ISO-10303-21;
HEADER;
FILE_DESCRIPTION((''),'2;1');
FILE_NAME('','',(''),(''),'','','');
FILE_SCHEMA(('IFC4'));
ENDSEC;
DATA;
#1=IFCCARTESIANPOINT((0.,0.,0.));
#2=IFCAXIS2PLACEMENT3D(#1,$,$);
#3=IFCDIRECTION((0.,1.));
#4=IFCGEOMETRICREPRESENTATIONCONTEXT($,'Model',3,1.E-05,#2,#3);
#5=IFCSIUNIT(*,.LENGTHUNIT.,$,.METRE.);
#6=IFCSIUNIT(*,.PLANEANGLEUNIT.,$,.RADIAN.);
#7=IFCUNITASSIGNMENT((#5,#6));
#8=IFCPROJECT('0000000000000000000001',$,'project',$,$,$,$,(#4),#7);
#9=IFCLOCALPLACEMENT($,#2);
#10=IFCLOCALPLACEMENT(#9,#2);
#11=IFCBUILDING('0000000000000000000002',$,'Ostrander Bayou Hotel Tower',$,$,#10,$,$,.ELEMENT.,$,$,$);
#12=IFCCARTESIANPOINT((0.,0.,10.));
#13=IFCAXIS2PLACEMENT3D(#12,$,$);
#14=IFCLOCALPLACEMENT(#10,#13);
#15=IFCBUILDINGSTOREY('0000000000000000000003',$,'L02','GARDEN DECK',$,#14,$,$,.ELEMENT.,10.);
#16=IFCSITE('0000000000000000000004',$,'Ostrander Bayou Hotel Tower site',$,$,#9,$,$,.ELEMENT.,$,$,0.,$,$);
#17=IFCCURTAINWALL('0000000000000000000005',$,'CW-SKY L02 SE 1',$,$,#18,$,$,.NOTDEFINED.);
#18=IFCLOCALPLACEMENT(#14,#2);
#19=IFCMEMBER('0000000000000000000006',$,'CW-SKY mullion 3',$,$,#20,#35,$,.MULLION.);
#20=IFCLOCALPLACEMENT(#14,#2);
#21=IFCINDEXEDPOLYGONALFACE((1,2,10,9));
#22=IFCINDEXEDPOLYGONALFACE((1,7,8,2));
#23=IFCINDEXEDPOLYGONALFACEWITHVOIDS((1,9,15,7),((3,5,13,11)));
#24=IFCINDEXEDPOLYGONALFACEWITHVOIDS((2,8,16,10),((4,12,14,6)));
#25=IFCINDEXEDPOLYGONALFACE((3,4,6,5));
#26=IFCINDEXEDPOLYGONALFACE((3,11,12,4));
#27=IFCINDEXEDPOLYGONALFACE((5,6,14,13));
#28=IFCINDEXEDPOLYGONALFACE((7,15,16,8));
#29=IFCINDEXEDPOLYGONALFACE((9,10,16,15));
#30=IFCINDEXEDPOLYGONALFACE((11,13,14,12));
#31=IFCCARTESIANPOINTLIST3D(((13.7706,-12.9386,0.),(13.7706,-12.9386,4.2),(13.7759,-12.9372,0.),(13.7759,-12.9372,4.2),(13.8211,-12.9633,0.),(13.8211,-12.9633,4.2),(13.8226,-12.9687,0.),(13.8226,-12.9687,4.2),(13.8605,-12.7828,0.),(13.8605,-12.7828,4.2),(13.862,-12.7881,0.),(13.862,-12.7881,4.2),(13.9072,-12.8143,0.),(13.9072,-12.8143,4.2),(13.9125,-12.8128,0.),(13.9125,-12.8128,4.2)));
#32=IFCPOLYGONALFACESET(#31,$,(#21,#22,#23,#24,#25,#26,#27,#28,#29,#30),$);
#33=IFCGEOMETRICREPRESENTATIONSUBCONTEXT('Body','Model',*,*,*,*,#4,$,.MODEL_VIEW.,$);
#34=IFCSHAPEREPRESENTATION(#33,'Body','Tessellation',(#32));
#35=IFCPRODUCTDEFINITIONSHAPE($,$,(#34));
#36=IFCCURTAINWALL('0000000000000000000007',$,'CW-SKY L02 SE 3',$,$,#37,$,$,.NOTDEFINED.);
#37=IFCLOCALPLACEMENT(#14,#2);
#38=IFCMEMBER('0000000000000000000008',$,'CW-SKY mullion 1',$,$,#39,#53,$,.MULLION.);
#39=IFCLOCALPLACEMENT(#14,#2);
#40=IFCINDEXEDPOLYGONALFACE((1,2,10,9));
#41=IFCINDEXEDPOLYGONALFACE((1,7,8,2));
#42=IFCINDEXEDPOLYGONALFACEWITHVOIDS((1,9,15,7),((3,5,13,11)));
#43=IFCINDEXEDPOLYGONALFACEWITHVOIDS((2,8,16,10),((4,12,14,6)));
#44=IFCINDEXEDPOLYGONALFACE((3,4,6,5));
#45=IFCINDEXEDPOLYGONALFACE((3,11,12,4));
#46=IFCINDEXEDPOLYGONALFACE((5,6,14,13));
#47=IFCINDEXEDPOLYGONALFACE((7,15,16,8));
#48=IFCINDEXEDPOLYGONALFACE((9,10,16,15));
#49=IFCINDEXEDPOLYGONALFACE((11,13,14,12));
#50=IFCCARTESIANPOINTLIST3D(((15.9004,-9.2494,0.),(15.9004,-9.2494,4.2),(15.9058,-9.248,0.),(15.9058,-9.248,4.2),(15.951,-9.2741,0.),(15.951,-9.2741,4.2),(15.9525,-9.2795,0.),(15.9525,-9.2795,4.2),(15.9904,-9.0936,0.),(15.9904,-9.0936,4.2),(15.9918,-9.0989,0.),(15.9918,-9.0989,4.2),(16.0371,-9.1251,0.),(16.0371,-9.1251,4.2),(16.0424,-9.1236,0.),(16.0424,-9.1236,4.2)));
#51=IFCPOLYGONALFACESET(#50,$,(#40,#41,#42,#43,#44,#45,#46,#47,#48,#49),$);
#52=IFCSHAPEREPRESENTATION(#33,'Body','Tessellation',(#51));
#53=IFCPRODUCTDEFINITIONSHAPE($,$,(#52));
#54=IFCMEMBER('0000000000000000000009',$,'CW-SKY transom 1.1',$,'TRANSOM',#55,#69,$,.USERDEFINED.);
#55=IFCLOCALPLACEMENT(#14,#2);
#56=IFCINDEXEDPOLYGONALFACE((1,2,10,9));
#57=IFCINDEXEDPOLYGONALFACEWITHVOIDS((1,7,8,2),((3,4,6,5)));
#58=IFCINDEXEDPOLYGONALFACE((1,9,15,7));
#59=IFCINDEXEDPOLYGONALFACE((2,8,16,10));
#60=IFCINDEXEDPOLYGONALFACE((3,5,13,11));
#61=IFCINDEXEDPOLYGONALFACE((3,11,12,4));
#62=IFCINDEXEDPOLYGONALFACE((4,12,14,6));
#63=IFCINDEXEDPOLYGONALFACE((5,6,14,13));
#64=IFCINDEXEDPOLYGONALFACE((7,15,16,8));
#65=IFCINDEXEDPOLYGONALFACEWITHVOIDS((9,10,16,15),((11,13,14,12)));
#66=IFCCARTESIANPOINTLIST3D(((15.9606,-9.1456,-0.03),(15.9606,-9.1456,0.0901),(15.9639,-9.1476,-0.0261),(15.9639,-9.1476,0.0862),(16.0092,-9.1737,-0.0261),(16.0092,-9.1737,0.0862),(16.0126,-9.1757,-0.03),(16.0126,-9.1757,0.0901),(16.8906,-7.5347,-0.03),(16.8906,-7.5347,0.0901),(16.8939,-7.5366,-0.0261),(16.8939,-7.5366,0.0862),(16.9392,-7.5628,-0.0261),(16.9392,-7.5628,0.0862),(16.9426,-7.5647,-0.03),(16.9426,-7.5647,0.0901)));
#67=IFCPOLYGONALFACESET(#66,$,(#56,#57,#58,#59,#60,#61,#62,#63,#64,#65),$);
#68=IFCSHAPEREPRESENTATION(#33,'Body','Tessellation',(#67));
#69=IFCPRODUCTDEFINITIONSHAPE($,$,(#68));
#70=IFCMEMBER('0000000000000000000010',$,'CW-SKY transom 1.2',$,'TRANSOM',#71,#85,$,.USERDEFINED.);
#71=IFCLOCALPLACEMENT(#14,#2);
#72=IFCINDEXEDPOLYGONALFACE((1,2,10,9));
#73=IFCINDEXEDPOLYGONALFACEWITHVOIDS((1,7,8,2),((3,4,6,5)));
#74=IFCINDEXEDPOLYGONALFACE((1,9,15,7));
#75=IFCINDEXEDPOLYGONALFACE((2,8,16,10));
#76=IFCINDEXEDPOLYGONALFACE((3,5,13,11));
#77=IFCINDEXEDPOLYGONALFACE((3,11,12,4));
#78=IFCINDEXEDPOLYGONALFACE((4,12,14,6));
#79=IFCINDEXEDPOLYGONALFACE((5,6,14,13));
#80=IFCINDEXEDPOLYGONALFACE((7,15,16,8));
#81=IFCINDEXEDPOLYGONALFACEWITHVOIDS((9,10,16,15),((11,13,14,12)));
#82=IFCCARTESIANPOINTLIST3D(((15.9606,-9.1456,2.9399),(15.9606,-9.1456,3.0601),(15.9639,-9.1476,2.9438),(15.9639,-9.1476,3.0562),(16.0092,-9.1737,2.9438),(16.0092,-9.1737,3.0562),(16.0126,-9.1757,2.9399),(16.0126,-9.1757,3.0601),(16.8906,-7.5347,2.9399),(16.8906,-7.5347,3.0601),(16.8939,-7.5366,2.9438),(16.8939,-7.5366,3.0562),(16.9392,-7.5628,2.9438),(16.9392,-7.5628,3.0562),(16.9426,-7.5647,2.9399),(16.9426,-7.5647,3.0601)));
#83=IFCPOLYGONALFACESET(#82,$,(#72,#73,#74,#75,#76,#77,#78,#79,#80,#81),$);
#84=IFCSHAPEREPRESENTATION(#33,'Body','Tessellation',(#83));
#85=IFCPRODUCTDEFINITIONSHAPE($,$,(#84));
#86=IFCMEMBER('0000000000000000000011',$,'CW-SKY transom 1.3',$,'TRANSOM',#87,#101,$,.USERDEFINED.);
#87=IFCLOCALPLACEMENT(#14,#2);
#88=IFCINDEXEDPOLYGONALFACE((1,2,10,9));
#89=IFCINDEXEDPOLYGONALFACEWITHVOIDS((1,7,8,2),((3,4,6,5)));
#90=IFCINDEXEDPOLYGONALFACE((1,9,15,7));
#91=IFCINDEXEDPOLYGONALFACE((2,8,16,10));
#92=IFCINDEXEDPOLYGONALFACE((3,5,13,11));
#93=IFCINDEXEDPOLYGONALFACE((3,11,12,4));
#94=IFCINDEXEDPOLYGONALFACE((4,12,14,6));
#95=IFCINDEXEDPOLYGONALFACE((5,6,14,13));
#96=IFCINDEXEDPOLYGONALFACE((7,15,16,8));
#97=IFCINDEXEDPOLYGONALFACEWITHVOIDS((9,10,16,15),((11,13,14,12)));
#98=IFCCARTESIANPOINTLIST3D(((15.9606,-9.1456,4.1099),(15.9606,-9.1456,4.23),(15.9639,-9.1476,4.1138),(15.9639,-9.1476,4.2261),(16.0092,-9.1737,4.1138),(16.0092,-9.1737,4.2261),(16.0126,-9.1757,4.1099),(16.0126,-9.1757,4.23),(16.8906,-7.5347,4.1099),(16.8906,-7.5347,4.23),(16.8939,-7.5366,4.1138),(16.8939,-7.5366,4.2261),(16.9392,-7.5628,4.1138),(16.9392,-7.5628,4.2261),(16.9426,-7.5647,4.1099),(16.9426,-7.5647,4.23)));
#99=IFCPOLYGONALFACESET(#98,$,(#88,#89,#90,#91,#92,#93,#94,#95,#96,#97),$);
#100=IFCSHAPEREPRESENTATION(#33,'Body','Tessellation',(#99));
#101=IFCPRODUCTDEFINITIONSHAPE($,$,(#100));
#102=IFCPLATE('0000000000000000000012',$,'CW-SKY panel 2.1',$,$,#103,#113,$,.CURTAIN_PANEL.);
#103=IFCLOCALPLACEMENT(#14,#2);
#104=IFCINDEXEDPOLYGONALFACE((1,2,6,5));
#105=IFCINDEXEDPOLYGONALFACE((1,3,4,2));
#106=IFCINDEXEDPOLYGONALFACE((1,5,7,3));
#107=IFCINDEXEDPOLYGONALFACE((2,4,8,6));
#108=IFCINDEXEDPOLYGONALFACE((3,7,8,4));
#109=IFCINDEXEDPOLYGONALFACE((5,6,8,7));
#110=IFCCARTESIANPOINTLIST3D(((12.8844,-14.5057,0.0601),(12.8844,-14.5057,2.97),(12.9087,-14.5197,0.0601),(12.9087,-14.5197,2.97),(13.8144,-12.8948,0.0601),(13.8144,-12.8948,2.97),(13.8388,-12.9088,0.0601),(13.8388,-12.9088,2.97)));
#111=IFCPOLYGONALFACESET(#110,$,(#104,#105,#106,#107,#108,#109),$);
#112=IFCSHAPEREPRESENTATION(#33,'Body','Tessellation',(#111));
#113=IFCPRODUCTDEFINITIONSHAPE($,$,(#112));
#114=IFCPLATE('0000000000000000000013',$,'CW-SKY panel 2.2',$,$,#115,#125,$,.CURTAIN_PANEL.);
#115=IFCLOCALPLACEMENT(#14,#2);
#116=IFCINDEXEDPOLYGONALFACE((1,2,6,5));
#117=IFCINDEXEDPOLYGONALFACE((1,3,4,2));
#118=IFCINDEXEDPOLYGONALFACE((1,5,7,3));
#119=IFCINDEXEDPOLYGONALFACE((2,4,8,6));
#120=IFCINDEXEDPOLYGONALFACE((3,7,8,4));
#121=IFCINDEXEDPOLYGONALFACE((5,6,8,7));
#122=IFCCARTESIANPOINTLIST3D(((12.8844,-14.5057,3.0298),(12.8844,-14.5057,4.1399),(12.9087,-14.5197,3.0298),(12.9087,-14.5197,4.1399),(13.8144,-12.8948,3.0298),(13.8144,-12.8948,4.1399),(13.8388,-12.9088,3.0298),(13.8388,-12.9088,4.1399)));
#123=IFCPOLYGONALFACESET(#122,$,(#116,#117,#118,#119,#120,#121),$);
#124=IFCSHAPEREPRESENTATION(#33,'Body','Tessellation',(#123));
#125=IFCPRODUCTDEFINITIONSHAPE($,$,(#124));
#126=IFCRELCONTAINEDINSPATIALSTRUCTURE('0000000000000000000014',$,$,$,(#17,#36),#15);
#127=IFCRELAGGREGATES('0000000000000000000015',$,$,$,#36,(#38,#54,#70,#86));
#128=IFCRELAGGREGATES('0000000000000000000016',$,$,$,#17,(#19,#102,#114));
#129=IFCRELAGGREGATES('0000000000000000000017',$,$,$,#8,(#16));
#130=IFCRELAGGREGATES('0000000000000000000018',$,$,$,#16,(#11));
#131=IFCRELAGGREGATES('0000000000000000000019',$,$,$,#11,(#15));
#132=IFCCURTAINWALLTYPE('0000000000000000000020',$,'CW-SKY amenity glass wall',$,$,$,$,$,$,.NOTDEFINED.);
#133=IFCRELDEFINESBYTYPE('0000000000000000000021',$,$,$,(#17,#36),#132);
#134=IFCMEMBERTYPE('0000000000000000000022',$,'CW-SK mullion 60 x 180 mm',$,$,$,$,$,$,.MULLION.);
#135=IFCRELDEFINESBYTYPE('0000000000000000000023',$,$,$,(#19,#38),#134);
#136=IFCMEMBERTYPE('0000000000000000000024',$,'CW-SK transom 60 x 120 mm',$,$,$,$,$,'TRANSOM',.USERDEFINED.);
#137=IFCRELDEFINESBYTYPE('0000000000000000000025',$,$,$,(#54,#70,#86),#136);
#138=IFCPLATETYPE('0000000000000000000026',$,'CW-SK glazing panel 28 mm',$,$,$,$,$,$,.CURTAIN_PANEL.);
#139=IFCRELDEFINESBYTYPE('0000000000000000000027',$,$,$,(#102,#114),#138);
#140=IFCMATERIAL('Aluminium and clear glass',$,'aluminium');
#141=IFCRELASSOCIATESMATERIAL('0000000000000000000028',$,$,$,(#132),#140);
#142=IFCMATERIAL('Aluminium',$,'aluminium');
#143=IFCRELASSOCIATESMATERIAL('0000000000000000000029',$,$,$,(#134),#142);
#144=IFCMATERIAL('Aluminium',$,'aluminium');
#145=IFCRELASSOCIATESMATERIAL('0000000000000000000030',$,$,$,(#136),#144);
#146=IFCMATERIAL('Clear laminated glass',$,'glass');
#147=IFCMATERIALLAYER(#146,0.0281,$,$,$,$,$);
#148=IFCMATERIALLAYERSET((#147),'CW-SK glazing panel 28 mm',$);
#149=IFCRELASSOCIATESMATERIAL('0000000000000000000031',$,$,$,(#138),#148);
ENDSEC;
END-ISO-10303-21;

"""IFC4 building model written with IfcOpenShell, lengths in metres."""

from ifc_helpers import new_model, si_unit, direction, frame, origin, origin_2d, place, context, subcontext, project, spatial, rectangle, hollow_rectangle, extrude, material, layer, layer_set, material_profile, profile_set, type_object, element, aggregate, save


model = new_model("IFC4")

# Units and contexts
model_context = context("Model", 3, precision=1e-05, world=origin(), true_north=direction((0.0, 1.0)))
body_context = subcontext(model_context, "Body", "Model", "MODEL_VIEW")
ifc_project = project(units=[si_unit("LENGTHUNIT", "METRE"), si_unit("PLANEANGLEUNIT", "RADIAN")], contexts=[model_context])

# Site, building, storey
site_placement = place(None, origin())
site = spatial("IfcSite", under=ifc_project, at=site_placement, Name="Ostrander Bayou Hotel Tower site", CompositionType="ELEMENT", RefElevation=0.0)
building_placement = place(site_placement, origin())
building = spatial("IfcBuilding", under=site, at=building_placement, Name="Ostrander Bayou Hotel Tower", CompositionType="ELEMENT")
storey_placement = place(building_placement, frame((0.0, 0.0, 10.0)))
storey = spatial("IfcBuildingStorey", under=building, at=storey_placement, Name="L02", Description="GARDEN DECK", CompositionType="ELEMENT", Elevation=10.0)

# Curtain wall, member
ifc_material_1 = material(Name="Aluminium and clear glass", Category="aluminium")
curtain_wall_type = type_object("IfcCurtainWallType", Name="CW-SKY amenity glass wall", PredefinedType="NOTDEFINED", material=ifc_material_1)
curtain_wall_1_placement = place(storey_placement, origin())
curtain_wall_1 = element("IfcCurtainWall", 1, at=curtain_wall_1_placement, inside=storey, type_object=curtain_wall_type, Name="CW-SKY L02 SE 1", PredefinedType="NOTDEFINED")
ifc_material_2 = material(Name="Aluminium", Category="aluminium")
ifc_material_profile_1 = material_profile(ifc_material_2, hollow_rectangle(XDim=0.0601, YDim=0.1799, WallThickness=0.0039, at=origin_2d()))
ifc_profile_set_1 = profile_set([ifc_material_profile_1], Name="Aluminium")
member_type_1 = type_object("IfcMemberType", Name="CW-SK mullion 60 x 180 mm", PredefinedType="MULLION", material=ifc_profile_set_1)
member_1_placement = place(storey_placement, frame((13.8416, -12.8757, 0.0), z_axis=(0.0, 0.0, 1.0), x_axis=(-0.866025, 0.5, 0.0)))
member_1 = element("IfcMember", 2, at=member_1_placement, type_object=member_type_1, Name="CW-SKY mullion 3", PredefinedType="MULLION", context=body_context, shape_type="SweptSolid", body=[
    extrude(hollow_rectangle(XDim=0.0601, YDim=0.1799, WallThickness=0.0039, at=origin_2d()), origin(), (0.0, 0.0, 1.0), 4.2),
])

# Curtain wall, members
curtain_wall_2_placement = place(storey_placement, origin())
curtain_wall_2 = element("IfcCurtainWall", 3, at=curtain_wall_2_placement, inside=storey, type_object=curtain_wall_type, Name="CW-SKY L02 SE 3", PredefinedType="NOTDEFINED")
member_2_placement = place(storey_placement, frame((15.9714, -9.1865, 0.0), z_axis=(0.0, 0.0, 1.0), x_axis=(-0.866025, 0.5, 0.0)))
member_2 = element("IfcMember", 4, at=member_2_placement, type_object=member_type_1, Name="CW-SKY mullion 1", PredefinedType="MULLION", context=body_context, shape_type="SweptSolid", body=[
    extrude(hollow_rectangle(XDim=0.0601, YDim=0.1799, WallThickness=0.0039, at=origin_2d()), origin(), (0.0, 0.0, 1.0), 4.2),
])
ifc_material_3 = material(Name="Aluminium", Category="aluminium")
ifc_material_profile_2 = material_profile(ifc_material_3, hollow_rectangle(XDim=0.0601, YDim=0.1201, WallThickness=0.0039, at=origin_2d()))
ifc_profile_set_2 = profile_set([ifc_material_profile_2], Name="Aluminium")
member_type_2 = type_object("IfcMemberType", Name="CW-SK transom 60 x 120 mm", ElementType="TRANSOM", PredefinedType="USERDEFINED", material=ifc_profile_set_2)
member_3_placement = place(storey_placement, frame((15.9866, -9.1606, 0.03), z_axis=(0.499965, 0.866046, 0.0), x_axis=(-0.866046, 0.499965, 0.0)))
member_3 = element("IfcMember", 5, at=member_3_placement, type_object=member_type_2, Name="CW-SKY transom 1.1", ObjectType="TRANSOM", PredefinedType="USERDEFINED", context=body_context, shape_type="SweptSolid", body=[
    extrude(hollow_rectangle(XDim=0.0601, YDim=0.1201, WallThickness=0.0039, at=origin_2d()), origin(), (0.0, 0.0, 1.0), 1.8601),
])
member_4_placement = place(storey_placement, frame((15.9866, -9.1606, 3.0), z_axis=(0.499965, 0.866046, 0.0), x_axis=(-0.866046, 0.499965, 0.0)))
member_4 = element("IfcMember", 6, at=member_4_placement, type_object=member_type_2, Name="CW-SKY transom 1.2", ObjectType="TRANSOM", PredefinedType="USERDEFINED", context=body_context, shape_type="SweptSolid", body=[
    extrude(hollow_rectangle(XDim=0.0601, YDim=0.1201, WallThickness=0.0039, at=origin_2d()), origin(), (0.0, 0.0, 1.0), 1.8601),
])
member_5_placement = place(storey_placement, frame((15.9866, -9.1606, 4.1699), z_axis=(0.499965, 0.866046, 0.0), x_axis=(-0.866046, 0.499965, 0.0)))
member_5 = element("IfcMember", 7, at=member_5_placement, type_object=member_type_2, Name="CW-SKY transom 1.3", ObjectType="TRANSOM", PredefinedType="USERDEFINED", context=body_context, shape_type="SweptSolid", body=[
    extrude(hollow_rectangle(XDim=0.0601, YDim=0.1201, WallThickness=0.0039, at=origin_2d()), origin(), (0.0, 0.0, 1.0), 1.8601),
])
aggregate(curtain_wall_2, [member_2, member_3, member_4, member_5])

# Plates
ifc_material_4 = material(Name="Clear laminated glass", Category="glass")
ifc_layer_1 = layer(ifc_material_4, 0.0281)
ifc_layer_set_1 = layer_set([ifc_layer_1], Name="CW-SK glazing panel 28 mm")
plate_type = type_object("IfcPlateType", Name="CW-SK glazing panel 28 mm", PredefinedType="CURTAIN_PANEL", material=ifc_layer_set_1)
plate_1_placement = place(storey_placement, frame((13.3616, -13.7073, 0.0601), z_axis=(0.0, 0.0, 1.0), x_axis=(0.5, 0.866025, 0.0)))
plate_1 = element("IfcPlate", 8, at=plate_1_placement, type_object=plate_type, Name="CW-SKY panel 2.1", PredefinedType="CURTAIN_PANEL", context=body_context, shape_type="SweptSolid", body=[
    extrude(rectangle(XDim=1.8601, YDim=0.0281, at=origin_2d()), origin(), (0.0, 0.0, 1.0), 2.9099),
])
plate_2_placement = place(storey_placement, frame((13.3616, -13.7073, 3.0298), z_axis=(0.0, 0.0, 1.0), x_axis=(0.5, 0.866025, 0.0)))
plate_2 = element("IfcPlate", 9, at=plate_2_placement, type_object=plate_type, Name="CW-SKY panel 2.2", PredefinedType="CURTAIN_PANEL", context=body_context, shape_type="SweptSolid", body=[
    extrude(rectangle(XDim=1.8601, YDim=0.0281, at=origin_2d()), origin(), (0.0, 0.0, 1.0), 1.1101),
])
aggregate(curtain_wall_1, [member_1, plate_1, plate_2])

save(model, "model.ifc")
